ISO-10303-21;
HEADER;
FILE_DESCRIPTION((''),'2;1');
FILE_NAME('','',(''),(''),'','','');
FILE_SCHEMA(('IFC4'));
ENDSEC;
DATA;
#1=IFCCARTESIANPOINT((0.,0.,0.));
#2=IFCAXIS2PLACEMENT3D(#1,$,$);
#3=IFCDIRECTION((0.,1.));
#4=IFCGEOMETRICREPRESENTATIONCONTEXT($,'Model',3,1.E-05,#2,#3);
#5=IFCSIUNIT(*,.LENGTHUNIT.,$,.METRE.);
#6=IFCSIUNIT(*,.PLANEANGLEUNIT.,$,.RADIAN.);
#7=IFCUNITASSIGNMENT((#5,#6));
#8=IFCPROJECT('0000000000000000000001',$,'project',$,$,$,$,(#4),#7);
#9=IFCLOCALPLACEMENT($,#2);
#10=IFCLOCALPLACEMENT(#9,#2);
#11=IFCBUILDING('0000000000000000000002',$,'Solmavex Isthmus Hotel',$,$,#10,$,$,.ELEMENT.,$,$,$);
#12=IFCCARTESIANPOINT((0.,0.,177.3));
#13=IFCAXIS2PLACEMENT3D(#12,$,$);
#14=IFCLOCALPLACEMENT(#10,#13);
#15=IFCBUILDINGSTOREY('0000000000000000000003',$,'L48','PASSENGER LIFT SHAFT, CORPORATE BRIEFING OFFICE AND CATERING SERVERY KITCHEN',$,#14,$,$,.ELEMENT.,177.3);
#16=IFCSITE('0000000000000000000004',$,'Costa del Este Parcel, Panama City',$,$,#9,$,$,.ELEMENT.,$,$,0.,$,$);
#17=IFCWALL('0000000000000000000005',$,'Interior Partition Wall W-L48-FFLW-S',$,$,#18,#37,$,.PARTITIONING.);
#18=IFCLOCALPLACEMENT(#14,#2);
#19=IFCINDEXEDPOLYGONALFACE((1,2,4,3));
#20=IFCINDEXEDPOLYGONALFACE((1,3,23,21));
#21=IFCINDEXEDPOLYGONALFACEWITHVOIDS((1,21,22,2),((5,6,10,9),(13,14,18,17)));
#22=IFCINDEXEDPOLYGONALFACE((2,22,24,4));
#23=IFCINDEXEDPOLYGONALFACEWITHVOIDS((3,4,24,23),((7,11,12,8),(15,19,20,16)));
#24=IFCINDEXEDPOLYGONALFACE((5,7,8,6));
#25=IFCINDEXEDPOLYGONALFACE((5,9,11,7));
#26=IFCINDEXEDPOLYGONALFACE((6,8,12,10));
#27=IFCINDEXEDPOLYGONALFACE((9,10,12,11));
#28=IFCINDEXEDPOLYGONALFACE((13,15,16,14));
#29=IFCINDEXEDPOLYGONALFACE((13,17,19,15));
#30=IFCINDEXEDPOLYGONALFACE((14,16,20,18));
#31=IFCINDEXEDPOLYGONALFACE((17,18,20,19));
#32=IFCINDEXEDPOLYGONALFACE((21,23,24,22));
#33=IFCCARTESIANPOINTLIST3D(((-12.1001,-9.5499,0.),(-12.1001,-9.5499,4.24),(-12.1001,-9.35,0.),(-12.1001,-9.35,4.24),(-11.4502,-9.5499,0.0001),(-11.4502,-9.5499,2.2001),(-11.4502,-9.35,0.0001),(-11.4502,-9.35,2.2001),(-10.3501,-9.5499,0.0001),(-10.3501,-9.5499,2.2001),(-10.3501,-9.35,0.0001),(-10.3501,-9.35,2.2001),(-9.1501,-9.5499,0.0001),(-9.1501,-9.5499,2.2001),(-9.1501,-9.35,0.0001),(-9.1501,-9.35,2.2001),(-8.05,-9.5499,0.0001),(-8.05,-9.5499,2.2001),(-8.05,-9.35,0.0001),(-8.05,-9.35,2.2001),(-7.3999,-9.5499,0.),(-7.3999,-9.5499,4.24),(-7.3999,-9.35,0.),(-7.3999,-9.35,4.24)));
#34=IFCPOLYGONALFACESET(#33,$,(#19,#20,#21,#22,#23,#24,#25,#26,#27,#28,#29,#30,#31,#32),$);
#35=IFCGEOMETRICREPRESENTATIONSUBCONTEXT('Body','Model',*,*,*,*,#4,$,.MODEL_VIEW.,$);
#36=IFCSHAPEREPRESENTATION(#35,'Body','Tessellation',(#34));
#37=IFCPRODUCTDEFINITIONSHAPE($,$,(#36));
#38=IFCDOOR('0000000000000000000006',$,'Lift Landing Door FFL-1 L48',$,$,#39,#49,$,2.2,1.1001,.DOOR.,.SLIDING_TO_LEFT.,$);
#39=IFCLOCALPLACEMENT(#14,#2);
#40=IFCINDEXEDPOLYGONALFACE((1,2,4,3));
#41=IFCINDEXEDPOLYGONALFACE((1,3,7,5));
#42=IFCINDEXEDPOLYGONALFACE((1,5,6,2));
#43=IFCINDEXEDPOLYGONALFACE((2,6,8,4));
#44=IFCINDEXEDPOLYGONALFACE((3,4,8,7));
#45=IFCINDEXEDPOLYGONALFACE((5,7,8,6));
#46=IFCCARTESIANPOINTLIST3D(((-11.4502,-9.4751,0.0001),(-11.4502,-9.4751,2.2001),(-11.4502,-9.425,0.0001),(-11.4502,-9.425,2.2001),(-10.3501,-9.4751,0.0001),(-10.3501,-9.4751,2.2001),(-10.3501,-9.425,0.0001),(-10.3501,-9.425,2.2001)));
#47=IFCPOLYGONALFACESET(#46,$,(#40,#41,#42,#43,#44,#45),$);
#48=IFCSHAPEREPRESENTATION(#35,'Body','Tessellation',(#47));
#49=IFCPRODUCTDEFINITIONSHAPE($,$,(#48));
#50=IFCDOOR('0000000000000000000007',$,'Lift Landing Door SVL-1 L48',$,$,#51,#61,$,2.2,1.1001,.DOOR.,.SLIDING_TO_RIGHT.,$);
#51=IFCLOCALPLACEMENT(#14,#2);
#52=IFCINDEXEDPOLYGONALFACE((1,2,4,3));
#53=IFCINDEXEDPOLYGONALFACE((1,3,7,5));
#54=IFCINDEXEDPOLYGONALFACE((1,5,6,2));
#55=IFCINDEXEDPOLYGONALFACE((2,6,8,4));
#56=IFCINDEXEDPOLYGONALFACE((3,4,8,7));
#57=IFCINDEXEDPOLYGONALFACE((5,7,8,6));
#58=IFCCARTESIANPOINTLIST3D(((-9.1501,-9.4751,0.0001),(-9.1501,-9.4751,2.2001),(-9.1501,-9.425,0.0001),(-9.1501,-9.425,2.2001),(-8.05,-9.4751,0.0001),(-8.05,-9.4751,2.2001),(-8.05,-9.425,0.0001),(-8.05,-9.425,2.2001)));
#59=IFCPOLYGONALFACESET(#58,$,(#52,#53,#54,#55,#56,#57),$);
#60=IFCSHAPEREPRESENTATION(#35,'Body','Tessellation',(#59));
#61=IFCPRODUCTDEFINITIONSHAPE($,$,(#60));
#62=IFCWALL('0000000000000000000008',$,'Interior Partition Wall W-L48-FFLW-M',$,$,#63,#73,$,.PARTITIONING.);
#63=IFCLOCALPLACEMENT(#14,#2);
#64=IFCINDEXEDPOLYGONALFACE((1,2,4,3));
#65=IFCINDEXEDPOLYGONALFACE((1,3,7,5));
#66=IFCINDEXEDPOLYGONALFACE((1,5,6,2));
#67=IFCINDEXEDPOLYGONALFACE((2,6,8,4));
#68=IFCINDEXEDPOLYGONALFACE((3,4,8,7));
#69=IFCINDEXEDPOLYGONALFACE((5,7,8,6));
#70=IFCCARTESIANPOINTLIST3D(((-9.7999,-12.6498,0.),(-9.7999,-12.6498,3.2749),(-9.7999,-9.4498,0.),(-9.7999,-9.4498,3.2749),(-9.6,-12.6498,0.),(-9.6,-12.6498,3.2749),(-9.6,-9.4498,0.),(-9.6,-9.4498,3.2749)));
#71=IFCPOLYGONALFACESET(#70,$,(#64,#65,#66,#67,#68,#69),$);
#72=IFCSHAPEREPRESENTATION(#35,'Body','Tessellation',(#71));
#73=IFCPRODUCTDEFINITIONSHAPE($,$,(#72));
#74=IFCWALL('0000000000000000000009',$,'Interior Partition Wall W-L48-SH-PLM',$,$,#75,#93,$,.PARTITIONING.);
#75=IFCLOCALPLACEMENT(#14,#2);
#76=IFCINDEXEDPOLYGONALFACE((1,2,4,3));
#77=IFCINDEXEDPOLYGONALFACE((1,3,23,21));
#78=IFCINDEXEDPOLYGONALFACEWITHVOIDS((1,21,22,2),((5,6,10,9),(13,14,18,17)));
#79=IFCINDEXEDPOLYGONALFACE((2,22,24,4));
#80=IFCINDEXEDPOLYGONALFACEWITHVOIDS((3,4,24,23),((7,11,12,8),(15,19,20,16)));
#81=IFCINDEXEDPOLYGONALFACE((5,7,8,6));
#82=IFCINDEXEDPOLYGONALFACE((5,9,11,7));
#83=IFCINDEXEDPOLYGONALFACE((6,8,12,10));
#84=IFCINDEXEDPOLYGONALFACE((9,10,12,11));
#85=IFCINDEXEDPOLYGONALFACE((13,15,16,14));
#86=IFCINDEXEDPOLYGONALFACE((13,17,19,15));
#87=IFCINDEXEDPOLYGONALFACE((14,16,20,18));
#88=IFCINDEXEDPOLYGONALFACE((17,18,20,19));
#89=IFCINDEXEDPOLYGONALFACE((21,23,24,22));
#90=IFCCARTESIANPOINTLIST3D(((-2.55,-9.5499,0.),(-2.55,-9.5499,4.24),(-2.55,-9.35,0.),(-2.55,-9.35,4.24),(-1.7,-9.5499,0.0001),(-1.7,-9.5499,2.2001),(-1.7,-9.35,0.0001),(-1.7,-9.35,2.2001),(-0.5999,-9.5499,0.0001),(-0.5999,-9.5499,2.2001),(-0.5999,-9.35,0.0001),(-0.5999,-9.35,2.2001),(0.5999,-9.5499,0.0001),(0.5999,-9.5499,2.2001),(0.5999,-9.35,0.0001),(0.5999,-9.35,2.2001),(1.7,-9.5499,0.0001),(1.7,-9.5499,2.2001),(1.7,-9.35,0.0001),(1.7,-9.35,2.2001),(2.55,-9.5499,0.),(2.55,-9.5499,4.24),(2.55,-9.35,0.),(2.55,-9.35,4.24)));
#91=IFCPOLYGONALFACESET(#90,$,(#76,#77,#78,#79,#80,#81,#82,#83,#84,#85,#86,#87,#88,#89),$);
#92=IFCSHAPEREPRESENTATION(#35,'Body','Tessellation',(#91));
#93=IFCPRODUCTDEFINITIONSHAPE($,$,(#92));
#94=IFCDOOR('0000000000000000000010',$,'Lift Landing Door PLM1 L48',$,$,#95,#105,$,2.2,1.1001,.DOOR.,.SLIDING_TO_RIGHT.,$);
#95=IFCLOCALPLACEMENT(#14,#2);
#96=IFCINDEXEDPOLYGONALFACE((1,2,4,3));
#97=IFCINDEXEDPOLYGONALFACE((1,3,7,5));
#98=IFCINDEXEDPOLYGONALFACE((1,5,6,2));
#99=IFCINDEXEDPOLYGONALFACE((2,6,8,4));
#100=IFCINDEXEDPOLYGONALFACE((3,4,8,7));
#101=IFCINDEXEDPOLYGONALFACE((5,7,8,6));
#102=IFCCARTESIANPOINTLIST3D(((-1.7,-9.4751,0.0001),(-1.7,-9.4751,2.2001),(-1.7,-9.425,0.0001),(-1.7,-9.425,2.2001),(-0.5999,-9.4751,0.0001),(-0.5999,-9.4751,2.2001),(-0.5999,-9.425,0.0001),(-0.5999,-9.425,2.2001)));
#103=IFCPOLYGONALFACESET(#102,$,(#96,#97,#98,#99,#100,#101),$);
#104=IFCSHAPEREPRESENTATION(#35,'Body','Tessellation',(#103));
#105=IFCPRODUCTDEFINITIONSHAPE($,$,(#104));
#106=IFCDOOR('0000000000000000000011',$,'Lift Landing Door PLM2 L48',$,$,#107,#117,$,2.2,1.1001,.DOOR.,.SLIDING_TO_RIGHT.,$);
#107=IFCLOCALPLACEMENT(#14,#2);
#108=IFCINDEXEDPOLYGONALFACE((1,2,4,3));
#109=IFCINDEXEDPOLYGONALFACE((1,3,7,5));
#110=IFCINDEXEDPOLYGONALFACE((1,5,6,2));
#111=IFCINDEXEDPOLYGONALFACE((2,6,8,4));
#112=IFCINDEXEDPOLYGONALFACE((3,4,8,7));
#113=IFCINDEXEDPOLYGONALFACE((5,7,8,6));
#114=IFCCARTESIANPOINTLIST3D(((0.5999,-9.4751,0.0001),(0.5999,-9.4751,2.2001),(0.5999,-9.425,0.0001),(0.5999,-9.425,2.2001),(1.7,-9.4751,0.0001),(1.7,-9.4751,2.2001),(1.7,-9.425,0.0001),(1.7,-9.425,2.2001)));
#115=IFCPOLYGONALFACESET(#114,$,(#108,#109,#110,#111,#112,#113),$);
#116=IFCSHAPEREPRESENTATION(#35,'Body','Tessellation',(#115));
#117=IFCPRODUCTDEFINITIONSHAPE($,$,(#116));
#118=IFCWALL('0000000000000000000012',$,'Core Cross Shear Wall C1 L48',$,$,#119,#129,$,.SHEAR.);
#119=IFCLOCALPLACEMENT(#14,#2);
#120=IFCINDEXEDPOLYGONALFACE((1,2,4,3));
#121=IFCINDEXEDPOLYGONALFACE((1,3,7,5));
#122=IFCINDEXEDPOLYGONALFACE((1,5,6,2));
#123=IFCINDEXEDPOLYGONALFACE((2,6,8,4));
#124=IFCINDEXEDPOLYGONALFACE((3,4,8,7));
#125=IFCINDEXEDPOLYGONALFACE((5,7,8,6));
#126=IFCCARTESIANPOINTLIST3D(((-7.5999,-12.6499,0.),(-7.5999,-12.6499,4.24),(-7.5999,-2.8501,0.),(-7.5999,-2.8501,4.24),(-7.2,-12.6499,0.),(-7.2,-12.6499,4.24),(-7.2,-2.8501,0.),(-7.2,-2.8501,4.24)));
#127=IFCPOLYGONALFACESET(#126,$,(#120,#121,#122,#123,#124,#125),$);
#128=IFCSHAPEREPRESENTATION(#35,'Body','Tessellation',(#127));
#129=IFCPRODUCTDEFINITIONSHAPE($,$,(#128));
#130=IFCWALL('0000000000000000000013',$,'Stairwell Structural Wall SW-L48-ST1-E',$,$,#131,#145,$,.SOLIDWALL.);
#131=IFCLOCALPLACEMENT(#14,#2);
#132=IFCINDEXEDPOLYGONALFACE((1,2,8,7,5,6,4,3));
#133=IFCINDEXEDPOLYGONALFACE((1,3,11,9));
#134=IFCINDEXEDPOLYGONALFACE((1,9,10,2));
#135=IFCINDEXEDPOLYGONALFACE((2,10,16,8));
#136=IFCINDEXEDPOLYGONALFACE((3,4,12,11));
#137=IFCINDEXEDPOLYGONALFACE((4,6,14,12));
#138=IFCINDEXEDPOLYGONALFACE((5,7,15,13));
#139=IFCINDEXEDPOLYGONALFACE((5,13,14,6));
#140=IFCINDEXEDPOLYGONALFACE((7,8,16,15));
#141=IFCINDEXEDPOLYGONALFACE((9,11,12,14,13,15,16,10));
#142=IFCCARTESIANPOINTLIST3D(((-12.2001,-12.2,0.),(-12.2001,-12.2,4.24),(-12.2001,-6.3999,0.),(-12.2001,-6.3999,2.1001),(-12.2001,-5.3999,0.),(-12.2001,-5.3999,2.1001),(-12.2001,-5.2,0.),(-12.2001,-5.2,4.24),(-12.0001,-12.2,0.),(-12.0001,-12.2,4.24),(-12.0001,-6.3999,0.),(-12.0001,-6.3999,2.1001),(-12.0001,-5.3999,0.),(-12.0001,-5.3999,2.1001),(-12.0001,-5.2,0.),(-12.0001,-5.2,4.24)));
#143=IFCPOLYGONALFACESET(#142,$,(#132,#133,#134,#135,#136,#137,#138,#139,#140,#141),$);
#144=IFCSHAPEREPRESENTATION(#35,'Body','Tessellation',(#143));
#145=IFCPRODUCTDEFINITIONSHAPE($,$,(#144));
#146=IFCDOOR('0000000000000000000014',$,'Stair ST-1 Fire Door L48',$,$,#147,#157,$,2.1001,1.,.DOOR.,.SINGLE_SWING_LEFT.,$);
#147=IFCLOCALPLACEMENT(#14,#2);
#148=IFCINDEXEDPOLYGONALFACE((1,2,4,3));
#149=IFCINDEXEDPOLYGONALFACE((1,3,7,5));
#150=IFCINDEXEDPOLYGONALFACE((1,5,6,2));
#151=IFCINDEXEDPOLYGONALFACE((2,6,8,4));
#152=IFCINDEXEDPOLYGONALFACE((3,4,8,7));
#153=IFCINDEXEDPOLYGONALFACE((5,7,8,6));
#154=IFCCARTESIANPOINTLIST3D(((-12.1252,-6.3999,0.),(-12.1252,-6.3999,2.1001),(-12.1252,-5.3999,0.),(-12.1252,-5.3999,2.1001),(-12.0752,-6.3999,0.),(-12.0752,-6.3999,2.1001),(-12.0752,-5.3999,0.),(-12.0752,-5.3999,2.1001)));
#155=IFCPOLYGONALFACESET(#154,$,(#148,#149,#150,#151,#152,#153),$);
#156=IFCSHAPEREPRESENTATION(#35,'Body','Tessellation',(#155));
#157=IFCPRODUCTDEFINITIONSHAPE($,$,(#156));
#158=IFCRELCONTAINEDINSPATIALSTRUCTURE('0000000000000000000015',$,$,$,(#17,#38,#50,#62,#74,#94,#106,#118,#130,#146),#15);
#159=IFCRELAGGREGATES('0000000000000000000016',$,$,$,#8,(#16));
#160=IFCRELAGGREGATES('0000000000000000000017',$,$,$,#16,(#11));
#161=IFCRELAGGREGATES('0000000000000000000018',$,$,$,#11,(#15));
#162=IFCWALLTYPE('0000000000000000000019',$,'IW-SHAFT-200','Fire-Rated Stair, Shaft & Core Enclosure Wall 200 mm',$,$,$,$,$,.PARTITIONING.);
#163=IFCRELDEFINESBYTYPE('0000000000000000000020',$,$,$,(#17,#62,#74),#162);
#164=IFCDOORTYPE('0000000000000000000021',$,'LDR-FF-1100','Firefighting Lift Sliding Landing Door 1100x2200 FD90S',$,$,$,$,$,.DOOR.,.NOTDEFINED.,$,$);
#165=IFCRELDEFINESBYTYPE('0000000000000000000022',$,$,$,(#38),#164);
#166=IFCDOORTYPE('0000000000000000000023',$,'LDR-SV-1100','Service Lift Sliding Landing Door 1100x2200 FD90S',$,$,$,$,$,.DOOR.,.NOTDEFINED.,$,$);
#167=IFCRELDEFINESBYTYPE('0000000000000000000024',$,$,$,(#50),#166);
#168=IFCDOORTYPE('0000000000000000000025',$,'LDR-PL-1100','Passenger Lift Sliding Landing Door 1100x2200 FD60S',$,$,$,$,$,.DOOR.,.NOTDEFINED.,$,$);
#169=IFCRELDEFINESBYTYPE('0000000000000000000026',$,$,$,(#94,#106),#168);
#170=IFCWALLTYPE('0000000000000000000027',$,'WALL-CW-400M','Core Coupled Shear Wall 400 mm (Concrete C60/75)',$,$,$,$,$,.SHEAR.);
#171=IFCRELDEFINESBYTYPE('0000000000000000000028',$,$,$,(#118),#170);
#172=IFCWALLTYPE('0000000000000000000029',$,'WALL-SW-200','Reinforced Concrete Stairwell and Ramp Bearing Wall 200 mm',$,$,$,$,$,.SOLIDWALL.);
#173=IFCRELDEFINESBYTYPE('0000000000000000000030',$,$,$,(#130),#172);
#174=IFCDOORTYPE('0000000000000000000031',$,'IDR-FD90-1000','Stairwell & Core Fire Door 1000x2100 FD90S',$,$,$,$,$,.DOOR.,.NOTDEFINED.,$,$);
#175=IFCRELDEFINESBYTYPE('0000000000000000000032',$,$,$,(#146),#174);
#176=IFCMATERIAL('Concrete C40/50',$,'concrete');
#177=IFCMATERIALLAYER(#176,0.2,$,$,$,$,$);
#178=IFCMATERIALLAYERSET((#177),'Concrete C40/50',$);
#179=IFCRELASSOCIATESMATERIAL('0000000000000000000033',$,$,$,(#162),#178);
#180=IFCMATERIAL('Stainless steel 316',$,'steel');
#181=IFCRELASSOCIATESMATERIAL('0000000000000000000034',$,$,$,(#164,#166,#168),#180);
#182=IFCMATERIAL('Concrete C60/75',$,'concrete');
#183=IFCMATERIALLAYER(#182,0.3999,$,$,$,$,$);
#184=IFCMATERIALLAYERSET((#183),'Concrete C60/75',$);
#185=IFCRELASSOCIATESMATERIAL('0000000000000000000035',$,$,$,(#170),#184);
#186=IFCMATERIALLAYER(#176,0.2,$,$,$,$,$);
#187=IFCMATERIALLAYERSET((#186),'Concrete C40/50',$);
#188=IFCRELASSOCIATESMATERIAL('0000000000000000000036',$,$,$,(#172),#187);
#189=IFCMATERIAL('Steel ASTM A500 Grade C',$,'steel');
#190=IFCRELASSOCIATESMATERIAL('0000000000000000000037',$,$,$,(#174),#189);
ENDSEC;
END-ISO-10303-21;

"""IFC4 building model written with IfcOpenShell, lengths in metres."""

from ifc_helpers import new_model, si_unit, direction, frame, frame_2d, origin, place, context, subcontext, project, spatial, rectangle, extrude, material, layer, layer_set, type_object, element, fill, save


model = new_model("IFC4")

# Units and contexts
model_context = context("Model", 3, precision=1e-05, world=origin(), true_north=direction((0.0, 1.0)))
body_context = subcontext(model_context, "Body", "Model", "MODEL_VIEW")
ifc_project = project(units=[si_unit("LENGTHUNIT", "METRE"), si_unit("PLANEANGLEUNIT", "RADIAN")], contexts=[model_context])

# Site, building, storey
site_placement = place(None, origin())
site = spatial("IfcSite", under=ifc_project, at=site_placement, Name="Costa del Este Parcel, Panama City", CompositionType="ELEMENT", RefElevation=0.0)
building_placement = place(site_placement, origin())
building = spatial("IfcBuilding", under=site, at=building_placement, Name="Solmavex Isthmus Hotel", CompositionType="ELEMENT")
storey_placement = place(building_placement, frame((0.0, 0.0, 177.3)))
storey = spatial("IfcBuildingStorey", under=building, at=storey_placement, Name="L48", Description="PASSENGER LIFT SHAFT, CORPORATE BRIEFING OFFICE AND CATERING SERVERY KITCHEN", CompositionType="ELEMENT", Elevation=177.3)

# Shared definitions
ifc_material_1 = material(Name="Concrete C60/75", Category="concrete")

# Shared definitions
ifc_material_2 = material(Name="Concrete C40/50", Category="concrete")

# Shared definitions
ifc_layer_1 = layer(ifc_material_2, 0.2)
ifc_layer_set_1 = layer_set([ifc_layer_1], Name="Concrete C40/50")
wall_type_1 = type_object("IfcWallType", Name="IW-SHAFT-200", Description="Fire-Rated Stair, Shaft & Core Enclosure Wall 200 mm", PredefinedType="PARTITIONING", material=ifc_layer_set_1)
ifc_material_3 = material(Name="Steel ASTM A500 Grade C", Category="steel")

# Wall, openings, doors
wall_1_placement = place(storey_placement, frame((-12.1001, -9.45, 0.0), z_axis=(0.0, 0.0, 1.0), x_axis=(1.0, 0.0, 0.0)))
wall_1 = element("IfcWall", 1, at=wall_1_placement, inside=storey, type_object=wall_type_1, Name="Interior Partition Wall W-L48-FFLW-S", PredefinedType="PARTITIONING", context=body_context, shape_type="SweptSolid", body=[
    extrude(rectangle(XDim=4.7002, YDim=0.2, at=frame_2d((2.3501, 0.0))), origin(), (0.0, 0.0, 1.0), 4.24),
])
opening_1_placement = place(wall_1_placement, frame((0.6499, 0.0, 0.0)))
opening_1 = element("IfcOpeningElement", 2, at=opening_1_placement, cuts=wall_1, PredefinedType="OPENING", context=body_context, shape_type="SweptSolid", body=[
    extrude(rectangle(XDim=1.1001, YDim=2.2, at=frame_2d((0.55, 1.1001))), frame((0.0, 0.1099, 0.0), z_axis=(0.0, -1.0, 0.0), x_axis=(1.0, 0.0, 0.0)), (0.0, 0.0, 1.0), 0.22),
])
opening_2_placement = place(wall_1_placement, frame((2.95, 0.0, 0.0)))
opening_2 = element("IfcOpeningElement", 3, at=opening_2_placement, cuts=wall_1, PredefinedType="OPENING", context=body_context, shape_type="SweptSolid", body=[
    extrude(rectangle(XDim=1.1001, YDim=2.2, at=frame_2d((0.55, 1.1001))), frame((0.0, 0.1099, 0.0), z_axis=(0.0, -1.0, 0.0), x_axis=(1.0, 0.0, 0.0)), (0.0, 0.0, 1.0), 0.22),
])
ifc_material_4 = material(Name="Stainless steel 316", Category="steel")
door_type_1 = type_object("IfcDoorType", Name="LDR-FF-1100", Description="Firefighting Lift Sliding Landing Door 1100x2200 FD90S", OperationType="NOTDEFINED", PredefinedType="DOOR", material=ifc_material_4)
door_1_placement = place(opening_1_placement, origin())
door_1 = element("IfcDoor", 4, at=door_1_placement, inside=storey, type_object=door_type_1, Name="Lift Landing Door FFL-1 L48", OperationType="SLIDING_TO_LEFT", OverallHeight=2.2, OverallWidth=1.1001, PredefinedType="DOOR", context=body_context, shape_type="SweptSolid", body=[
    extrude(rectangle(XDim=1.1001, YDim=2.2, at=frame_2d((0.55, 1.1001))), frame((0.0, 0.0249, 0.0), z_axis=(0.0, -1.0, 0.0), x_axis=(1.0, 0.0, 0.0)), (0.0, 0.0, 1.0), 0.05),
])
fill(opening_1, door_1)
door_type_2 = type_object("IfcDoorType", Name="LDR-SV-1100", Description="Service Lift Sliding Landing Door 1100x2200 FD90S", OperationType="NOTDEFINED", PredefinedType="DOOR", material=ifc_material_4)
door_2_placement = place(opening_2_placement, origin())
door_2 = element("IfcDoor", 5, at=door_2_placement, inside=storey, type_object=door_type_2, Name="Lift Landing Door SVL-1 L48", OperationType="SLIDING_TO_RIGHT", OverallHeight=2.2, OverallWidth=1.1001, PredefinedType="DOOR", context=body_context, shape_type="SweptSolid", body=[
    extrude(rectangle(XDim=1.1001, YDim=2.2, at=frame_2d((0.55, 1.1001))), frame((0.0, 0.0249, 0.0), z_axis=(0.0, -1.0, 0.0), x_axis=(1.0, 0.0, 0.0)), (0.0, 0.0, 1.0), 0.05),
])
fill(opening_2, door_2)

# Wall
wall_2_placement = place(storey_placement, frame((-9.7, -12.6499, 0.0), z_axis=(0.0, 0.0, 1.0), x_axis=(0.0, 1.0, 0.0)))
element("IfcWall", 6, at=wall_2_placement, inside=storey, type_object=wall_type_1, Name="Interior Partition Wall W-L48-FFLW-M", PredefinedType="PARTITIONING", context=body_context, shape_type="SweptSolid", body=[
    extrude(rectangle(XDim=3.2, YDim=0.2, at=frame_2d((1.6001, 0.0))), origin(), (0.0, 0.0, 1.0), 3.2749),
])

# Wall, openings, doors
wall_3_placement = place(storey_placement, frame((-2.55, -9.45, 0.0), z_axis=(0.0, 0.0, 1.0), x_axis=(1.0, 0.0, 0.0)))
wall_3 = element("IfcWall", 7, at=wall_3_placement, inside=storey, type_object=wall_type_1, Name="Interior Partition Wall W-L48-SH-PLM", PredefinedType="PARTITIONING", context=body_context, shape_type="SweptSolid", body=[
    extrude(rectangle(XDim=5.1001, YDim=0.2, at=frame_2d((2.55, 0.0))), origin(), (0.0, 0.0, 1.0), 4.24),
])
opening_3_placement = place(wall_3_placement, frame((0.8501, 0.0, 0.0)))
opening_3 = element("IfcOpeningElement", 8, at=opening_3_placement, cuts=wall_3, PredefinedType="OPENING", context=body_context, shape_type="SweptSolid", body=[
    extrude(rectangle(XDim=1.1001, YDim=2.2, at=frame_2d((0.55, 1.1001))), frame((0.0, 0.1099, 0.0), z_axis=(0.0, -1.0, 0.0), x_axis=(1.0, 0.0, 0.0)), (0.0, 0.0, 1.0), 0.22),
])
opening_4_placement = place(wall_3_placement, frame((3.1499, 0.0, 0.0)))
opening_4 = element("IfcOpeningElement", 9, at=opening_4_placement, cuts=wall_3, PredefinedType="OPENING", context=body_context, shape_type="SweptSolid", body=[
    extrude(rectangle(XDim=1.1001, YDim=2.2, at=frame_2d((0.55, 1.1001))), frame((0.0, 0.1099, 0.0), z_axis=(0.0, -1.0, 0.0), x_axis=(1.0, 0.0, 0.0)), (0.0, 0.0, 1.0), 0.22),
])
door_type_3 = type_object("IfcDoorType", Name="LDR-PL-1100", Description="Passenger Lift Sliding Landing Door 1100x2200 FD60S", OperationType="NOTDEFINED", PredefinedType="DOOR", material=ifc_material_4)
door_3_placement = place(opening_3_placement, origin())
door_3 = element("IfcDoor", 10, at=door_3_placement, inside=storey, type_object=door_type_3, Name="Lift Landing Door PLM1 L48", OperationType="SLIDING_TO_RIGHT", OverallHeight=2.2, OverallWidth=1.1001, PredefinedType="DOOR", context=body_context, shape_type="SweptSolid", body=[
    extrude(rectangle(XDim=1.1001, YDim=2.2, at=frame_2d((0.55, 1.1001))), frame((0.0, 0.0249, 0.0), z_axis=(0.0, -1.0, 0.0), x_axis=(1.0, 0.0, 0.0)), (0.0, 0.0, 1.0), 0.05),
])
fill(opening_3, door_3)
door_4_placement = place(opening_4_placement, origin())
door_4 = element("IfcDoor", 11, at=door_4_placement, inside=storey, type_object=door_type_3, Name="Lift Landing Door PLM2 L48", OperationType="SLIDING_TO_RIGHT", OverallHeight=2.2, OverallWidth=1.1001, PredefinedType="DOOR", context=body_context, shape_type="SweptSolid", body=[
    extrude(rectangle(XDim=1.1001, YDim=2.2, at=frame_2d((0.55, 1.1001))), frame((0.0, 0.0249, 0.0), z_axis=(0.0, -1.0, 0.0), x_axis=(1.0, 0.0, 0.0)), (0.0, 0.0, 1.0), 0.05),
])
fill(opening_4, door_4)

# Wall
ifc_layer_2 = layer(ifc_material_1, 0.3999)
ifc_layer_set_2 = layer_set([ifc_layer_2], Name="Concrete C60/75")
wall_type_2 = type_object("IfcWallType", Name="WALL-CW-400M", Description="Core Coupled Shear Wall 400 mm (Concrete C60/75)", PredefinedType="SHEAR", material=ifc_layer_set_2)
wall_4_placement = place(storey_placement, frame((-7.3999, -12.6499, 0.0), z_axis=(0.0, 0.0, 1.0), x_axis=(0.0, 1.0, 0.0)))
element("IfcWall", 12, at=wall_4_placement, inside=storey, type_object=wall_type_2, Name="Core Cross Shear Wall C1 L48", PredefinedType="SHEAR", context=body_context, shape_type="SweptSolid", body=[
    extrude(rectangle(XDim=9.7998, YDim=0.3999, at=frame_2d((4.8999, 0.0))), origin(), (0.0, 0.0, 1.0), 4.24),
])

# Wall, opening, door
ifc_layer_3 = layer(ifc_material_2, 0.2)
ifc_layer_set_3 = layer_set([ifc_layer_3], Name="Concrete C40/50")
wall_type_3 = type_object("IfcWallType", Name="WALL-SW-200", Description="Reinforced Concrete Stairwell and Ramp Bearing Wall 200 mm", PredefinedType="SOLIDWALL", material=ifc_layer_set_3)
wall_5_placement = place(storey_placement, frame((-12.1001, -12.2, 0.0), z_axis=(0.0, 0.0, 1.0), x_axis=(0.0, 1.0, 0.0)))
wall_5 = element("IfcWall", 13, at=wall_5_placement, inside=storey, type_object=wall_type_3, Name="Stairwell Structural Wall SW-L48-ST1-E", PredefinedType="SOLIDWALL", context=body_context, shape_type="SweptSolid", body=[
    extrude(rectangle(XDim=7.0, YDim=0.2, at=frame_2d((3.5, 0.0))), origin(), (0.0, 0.0, 1.0), 4.24),
])
opening_5_placement = place(wall_5_placement, frame((5.8, 0.0, 0.0)))
opening_5 = element("IfcOpeningElement", 14, at=opening_5_placement, cuts=wall_5, PredefinedType="OPENING", context=body_context, shape_type="SweptSolid", body=[
    extrude(rectangle(XDim=1.0, YDim=2.1001, at=frame_2d((0.5, 1.05))), frame((0.0, 0.1099, 0.0), z_axis=(0.0, -1.0, 0.0), x_axis=(1.0, 0.0, 0.0)), (0.0, 0.0, 1.0), 0.22),
])
door_type_4 = type_object("IfcDoorType", Name="IDR-FD90-1000", Description="Stairwell & Core Fire Door 1000x2100 FD90S", OperationType="NOTDEFINED", PredefinedType="DOOR", material=ifc_material_3)
door_5_placement = place(opening_5_placement, frame((1.0, 0.0, 0.0), z_axis=(0.0, 0.0, 1.0), x_axis=(-1.0, 0.0, 0.0)))
door_5 = element("IfcDoor", 15, at=door_5_placement, inside=storey, type_object=door_type_4, Name="Stair ST-1 Fire Door L48", OperationType="SINGLE_SWING_LEFT", OverallHeight=2.1001, OverallWidth=1.0, PredefinedType="DOOR", context=body_context, shape_type="SweptSolid", body=[
    extrude(rectangle(XDim=1.0, YDim=2.1001, at=frame_2d((0.5, 1.05))), frame((0.0, 0.0249, 0.0), z_axis=(0.0, -1.0, 0.0), x_axis=(1.0, 0.0, 0.0)), (0.0, 0.0, 1.0), 0.05),
])
fill(opening_5, door_5)

save(model, "model.ifc")
